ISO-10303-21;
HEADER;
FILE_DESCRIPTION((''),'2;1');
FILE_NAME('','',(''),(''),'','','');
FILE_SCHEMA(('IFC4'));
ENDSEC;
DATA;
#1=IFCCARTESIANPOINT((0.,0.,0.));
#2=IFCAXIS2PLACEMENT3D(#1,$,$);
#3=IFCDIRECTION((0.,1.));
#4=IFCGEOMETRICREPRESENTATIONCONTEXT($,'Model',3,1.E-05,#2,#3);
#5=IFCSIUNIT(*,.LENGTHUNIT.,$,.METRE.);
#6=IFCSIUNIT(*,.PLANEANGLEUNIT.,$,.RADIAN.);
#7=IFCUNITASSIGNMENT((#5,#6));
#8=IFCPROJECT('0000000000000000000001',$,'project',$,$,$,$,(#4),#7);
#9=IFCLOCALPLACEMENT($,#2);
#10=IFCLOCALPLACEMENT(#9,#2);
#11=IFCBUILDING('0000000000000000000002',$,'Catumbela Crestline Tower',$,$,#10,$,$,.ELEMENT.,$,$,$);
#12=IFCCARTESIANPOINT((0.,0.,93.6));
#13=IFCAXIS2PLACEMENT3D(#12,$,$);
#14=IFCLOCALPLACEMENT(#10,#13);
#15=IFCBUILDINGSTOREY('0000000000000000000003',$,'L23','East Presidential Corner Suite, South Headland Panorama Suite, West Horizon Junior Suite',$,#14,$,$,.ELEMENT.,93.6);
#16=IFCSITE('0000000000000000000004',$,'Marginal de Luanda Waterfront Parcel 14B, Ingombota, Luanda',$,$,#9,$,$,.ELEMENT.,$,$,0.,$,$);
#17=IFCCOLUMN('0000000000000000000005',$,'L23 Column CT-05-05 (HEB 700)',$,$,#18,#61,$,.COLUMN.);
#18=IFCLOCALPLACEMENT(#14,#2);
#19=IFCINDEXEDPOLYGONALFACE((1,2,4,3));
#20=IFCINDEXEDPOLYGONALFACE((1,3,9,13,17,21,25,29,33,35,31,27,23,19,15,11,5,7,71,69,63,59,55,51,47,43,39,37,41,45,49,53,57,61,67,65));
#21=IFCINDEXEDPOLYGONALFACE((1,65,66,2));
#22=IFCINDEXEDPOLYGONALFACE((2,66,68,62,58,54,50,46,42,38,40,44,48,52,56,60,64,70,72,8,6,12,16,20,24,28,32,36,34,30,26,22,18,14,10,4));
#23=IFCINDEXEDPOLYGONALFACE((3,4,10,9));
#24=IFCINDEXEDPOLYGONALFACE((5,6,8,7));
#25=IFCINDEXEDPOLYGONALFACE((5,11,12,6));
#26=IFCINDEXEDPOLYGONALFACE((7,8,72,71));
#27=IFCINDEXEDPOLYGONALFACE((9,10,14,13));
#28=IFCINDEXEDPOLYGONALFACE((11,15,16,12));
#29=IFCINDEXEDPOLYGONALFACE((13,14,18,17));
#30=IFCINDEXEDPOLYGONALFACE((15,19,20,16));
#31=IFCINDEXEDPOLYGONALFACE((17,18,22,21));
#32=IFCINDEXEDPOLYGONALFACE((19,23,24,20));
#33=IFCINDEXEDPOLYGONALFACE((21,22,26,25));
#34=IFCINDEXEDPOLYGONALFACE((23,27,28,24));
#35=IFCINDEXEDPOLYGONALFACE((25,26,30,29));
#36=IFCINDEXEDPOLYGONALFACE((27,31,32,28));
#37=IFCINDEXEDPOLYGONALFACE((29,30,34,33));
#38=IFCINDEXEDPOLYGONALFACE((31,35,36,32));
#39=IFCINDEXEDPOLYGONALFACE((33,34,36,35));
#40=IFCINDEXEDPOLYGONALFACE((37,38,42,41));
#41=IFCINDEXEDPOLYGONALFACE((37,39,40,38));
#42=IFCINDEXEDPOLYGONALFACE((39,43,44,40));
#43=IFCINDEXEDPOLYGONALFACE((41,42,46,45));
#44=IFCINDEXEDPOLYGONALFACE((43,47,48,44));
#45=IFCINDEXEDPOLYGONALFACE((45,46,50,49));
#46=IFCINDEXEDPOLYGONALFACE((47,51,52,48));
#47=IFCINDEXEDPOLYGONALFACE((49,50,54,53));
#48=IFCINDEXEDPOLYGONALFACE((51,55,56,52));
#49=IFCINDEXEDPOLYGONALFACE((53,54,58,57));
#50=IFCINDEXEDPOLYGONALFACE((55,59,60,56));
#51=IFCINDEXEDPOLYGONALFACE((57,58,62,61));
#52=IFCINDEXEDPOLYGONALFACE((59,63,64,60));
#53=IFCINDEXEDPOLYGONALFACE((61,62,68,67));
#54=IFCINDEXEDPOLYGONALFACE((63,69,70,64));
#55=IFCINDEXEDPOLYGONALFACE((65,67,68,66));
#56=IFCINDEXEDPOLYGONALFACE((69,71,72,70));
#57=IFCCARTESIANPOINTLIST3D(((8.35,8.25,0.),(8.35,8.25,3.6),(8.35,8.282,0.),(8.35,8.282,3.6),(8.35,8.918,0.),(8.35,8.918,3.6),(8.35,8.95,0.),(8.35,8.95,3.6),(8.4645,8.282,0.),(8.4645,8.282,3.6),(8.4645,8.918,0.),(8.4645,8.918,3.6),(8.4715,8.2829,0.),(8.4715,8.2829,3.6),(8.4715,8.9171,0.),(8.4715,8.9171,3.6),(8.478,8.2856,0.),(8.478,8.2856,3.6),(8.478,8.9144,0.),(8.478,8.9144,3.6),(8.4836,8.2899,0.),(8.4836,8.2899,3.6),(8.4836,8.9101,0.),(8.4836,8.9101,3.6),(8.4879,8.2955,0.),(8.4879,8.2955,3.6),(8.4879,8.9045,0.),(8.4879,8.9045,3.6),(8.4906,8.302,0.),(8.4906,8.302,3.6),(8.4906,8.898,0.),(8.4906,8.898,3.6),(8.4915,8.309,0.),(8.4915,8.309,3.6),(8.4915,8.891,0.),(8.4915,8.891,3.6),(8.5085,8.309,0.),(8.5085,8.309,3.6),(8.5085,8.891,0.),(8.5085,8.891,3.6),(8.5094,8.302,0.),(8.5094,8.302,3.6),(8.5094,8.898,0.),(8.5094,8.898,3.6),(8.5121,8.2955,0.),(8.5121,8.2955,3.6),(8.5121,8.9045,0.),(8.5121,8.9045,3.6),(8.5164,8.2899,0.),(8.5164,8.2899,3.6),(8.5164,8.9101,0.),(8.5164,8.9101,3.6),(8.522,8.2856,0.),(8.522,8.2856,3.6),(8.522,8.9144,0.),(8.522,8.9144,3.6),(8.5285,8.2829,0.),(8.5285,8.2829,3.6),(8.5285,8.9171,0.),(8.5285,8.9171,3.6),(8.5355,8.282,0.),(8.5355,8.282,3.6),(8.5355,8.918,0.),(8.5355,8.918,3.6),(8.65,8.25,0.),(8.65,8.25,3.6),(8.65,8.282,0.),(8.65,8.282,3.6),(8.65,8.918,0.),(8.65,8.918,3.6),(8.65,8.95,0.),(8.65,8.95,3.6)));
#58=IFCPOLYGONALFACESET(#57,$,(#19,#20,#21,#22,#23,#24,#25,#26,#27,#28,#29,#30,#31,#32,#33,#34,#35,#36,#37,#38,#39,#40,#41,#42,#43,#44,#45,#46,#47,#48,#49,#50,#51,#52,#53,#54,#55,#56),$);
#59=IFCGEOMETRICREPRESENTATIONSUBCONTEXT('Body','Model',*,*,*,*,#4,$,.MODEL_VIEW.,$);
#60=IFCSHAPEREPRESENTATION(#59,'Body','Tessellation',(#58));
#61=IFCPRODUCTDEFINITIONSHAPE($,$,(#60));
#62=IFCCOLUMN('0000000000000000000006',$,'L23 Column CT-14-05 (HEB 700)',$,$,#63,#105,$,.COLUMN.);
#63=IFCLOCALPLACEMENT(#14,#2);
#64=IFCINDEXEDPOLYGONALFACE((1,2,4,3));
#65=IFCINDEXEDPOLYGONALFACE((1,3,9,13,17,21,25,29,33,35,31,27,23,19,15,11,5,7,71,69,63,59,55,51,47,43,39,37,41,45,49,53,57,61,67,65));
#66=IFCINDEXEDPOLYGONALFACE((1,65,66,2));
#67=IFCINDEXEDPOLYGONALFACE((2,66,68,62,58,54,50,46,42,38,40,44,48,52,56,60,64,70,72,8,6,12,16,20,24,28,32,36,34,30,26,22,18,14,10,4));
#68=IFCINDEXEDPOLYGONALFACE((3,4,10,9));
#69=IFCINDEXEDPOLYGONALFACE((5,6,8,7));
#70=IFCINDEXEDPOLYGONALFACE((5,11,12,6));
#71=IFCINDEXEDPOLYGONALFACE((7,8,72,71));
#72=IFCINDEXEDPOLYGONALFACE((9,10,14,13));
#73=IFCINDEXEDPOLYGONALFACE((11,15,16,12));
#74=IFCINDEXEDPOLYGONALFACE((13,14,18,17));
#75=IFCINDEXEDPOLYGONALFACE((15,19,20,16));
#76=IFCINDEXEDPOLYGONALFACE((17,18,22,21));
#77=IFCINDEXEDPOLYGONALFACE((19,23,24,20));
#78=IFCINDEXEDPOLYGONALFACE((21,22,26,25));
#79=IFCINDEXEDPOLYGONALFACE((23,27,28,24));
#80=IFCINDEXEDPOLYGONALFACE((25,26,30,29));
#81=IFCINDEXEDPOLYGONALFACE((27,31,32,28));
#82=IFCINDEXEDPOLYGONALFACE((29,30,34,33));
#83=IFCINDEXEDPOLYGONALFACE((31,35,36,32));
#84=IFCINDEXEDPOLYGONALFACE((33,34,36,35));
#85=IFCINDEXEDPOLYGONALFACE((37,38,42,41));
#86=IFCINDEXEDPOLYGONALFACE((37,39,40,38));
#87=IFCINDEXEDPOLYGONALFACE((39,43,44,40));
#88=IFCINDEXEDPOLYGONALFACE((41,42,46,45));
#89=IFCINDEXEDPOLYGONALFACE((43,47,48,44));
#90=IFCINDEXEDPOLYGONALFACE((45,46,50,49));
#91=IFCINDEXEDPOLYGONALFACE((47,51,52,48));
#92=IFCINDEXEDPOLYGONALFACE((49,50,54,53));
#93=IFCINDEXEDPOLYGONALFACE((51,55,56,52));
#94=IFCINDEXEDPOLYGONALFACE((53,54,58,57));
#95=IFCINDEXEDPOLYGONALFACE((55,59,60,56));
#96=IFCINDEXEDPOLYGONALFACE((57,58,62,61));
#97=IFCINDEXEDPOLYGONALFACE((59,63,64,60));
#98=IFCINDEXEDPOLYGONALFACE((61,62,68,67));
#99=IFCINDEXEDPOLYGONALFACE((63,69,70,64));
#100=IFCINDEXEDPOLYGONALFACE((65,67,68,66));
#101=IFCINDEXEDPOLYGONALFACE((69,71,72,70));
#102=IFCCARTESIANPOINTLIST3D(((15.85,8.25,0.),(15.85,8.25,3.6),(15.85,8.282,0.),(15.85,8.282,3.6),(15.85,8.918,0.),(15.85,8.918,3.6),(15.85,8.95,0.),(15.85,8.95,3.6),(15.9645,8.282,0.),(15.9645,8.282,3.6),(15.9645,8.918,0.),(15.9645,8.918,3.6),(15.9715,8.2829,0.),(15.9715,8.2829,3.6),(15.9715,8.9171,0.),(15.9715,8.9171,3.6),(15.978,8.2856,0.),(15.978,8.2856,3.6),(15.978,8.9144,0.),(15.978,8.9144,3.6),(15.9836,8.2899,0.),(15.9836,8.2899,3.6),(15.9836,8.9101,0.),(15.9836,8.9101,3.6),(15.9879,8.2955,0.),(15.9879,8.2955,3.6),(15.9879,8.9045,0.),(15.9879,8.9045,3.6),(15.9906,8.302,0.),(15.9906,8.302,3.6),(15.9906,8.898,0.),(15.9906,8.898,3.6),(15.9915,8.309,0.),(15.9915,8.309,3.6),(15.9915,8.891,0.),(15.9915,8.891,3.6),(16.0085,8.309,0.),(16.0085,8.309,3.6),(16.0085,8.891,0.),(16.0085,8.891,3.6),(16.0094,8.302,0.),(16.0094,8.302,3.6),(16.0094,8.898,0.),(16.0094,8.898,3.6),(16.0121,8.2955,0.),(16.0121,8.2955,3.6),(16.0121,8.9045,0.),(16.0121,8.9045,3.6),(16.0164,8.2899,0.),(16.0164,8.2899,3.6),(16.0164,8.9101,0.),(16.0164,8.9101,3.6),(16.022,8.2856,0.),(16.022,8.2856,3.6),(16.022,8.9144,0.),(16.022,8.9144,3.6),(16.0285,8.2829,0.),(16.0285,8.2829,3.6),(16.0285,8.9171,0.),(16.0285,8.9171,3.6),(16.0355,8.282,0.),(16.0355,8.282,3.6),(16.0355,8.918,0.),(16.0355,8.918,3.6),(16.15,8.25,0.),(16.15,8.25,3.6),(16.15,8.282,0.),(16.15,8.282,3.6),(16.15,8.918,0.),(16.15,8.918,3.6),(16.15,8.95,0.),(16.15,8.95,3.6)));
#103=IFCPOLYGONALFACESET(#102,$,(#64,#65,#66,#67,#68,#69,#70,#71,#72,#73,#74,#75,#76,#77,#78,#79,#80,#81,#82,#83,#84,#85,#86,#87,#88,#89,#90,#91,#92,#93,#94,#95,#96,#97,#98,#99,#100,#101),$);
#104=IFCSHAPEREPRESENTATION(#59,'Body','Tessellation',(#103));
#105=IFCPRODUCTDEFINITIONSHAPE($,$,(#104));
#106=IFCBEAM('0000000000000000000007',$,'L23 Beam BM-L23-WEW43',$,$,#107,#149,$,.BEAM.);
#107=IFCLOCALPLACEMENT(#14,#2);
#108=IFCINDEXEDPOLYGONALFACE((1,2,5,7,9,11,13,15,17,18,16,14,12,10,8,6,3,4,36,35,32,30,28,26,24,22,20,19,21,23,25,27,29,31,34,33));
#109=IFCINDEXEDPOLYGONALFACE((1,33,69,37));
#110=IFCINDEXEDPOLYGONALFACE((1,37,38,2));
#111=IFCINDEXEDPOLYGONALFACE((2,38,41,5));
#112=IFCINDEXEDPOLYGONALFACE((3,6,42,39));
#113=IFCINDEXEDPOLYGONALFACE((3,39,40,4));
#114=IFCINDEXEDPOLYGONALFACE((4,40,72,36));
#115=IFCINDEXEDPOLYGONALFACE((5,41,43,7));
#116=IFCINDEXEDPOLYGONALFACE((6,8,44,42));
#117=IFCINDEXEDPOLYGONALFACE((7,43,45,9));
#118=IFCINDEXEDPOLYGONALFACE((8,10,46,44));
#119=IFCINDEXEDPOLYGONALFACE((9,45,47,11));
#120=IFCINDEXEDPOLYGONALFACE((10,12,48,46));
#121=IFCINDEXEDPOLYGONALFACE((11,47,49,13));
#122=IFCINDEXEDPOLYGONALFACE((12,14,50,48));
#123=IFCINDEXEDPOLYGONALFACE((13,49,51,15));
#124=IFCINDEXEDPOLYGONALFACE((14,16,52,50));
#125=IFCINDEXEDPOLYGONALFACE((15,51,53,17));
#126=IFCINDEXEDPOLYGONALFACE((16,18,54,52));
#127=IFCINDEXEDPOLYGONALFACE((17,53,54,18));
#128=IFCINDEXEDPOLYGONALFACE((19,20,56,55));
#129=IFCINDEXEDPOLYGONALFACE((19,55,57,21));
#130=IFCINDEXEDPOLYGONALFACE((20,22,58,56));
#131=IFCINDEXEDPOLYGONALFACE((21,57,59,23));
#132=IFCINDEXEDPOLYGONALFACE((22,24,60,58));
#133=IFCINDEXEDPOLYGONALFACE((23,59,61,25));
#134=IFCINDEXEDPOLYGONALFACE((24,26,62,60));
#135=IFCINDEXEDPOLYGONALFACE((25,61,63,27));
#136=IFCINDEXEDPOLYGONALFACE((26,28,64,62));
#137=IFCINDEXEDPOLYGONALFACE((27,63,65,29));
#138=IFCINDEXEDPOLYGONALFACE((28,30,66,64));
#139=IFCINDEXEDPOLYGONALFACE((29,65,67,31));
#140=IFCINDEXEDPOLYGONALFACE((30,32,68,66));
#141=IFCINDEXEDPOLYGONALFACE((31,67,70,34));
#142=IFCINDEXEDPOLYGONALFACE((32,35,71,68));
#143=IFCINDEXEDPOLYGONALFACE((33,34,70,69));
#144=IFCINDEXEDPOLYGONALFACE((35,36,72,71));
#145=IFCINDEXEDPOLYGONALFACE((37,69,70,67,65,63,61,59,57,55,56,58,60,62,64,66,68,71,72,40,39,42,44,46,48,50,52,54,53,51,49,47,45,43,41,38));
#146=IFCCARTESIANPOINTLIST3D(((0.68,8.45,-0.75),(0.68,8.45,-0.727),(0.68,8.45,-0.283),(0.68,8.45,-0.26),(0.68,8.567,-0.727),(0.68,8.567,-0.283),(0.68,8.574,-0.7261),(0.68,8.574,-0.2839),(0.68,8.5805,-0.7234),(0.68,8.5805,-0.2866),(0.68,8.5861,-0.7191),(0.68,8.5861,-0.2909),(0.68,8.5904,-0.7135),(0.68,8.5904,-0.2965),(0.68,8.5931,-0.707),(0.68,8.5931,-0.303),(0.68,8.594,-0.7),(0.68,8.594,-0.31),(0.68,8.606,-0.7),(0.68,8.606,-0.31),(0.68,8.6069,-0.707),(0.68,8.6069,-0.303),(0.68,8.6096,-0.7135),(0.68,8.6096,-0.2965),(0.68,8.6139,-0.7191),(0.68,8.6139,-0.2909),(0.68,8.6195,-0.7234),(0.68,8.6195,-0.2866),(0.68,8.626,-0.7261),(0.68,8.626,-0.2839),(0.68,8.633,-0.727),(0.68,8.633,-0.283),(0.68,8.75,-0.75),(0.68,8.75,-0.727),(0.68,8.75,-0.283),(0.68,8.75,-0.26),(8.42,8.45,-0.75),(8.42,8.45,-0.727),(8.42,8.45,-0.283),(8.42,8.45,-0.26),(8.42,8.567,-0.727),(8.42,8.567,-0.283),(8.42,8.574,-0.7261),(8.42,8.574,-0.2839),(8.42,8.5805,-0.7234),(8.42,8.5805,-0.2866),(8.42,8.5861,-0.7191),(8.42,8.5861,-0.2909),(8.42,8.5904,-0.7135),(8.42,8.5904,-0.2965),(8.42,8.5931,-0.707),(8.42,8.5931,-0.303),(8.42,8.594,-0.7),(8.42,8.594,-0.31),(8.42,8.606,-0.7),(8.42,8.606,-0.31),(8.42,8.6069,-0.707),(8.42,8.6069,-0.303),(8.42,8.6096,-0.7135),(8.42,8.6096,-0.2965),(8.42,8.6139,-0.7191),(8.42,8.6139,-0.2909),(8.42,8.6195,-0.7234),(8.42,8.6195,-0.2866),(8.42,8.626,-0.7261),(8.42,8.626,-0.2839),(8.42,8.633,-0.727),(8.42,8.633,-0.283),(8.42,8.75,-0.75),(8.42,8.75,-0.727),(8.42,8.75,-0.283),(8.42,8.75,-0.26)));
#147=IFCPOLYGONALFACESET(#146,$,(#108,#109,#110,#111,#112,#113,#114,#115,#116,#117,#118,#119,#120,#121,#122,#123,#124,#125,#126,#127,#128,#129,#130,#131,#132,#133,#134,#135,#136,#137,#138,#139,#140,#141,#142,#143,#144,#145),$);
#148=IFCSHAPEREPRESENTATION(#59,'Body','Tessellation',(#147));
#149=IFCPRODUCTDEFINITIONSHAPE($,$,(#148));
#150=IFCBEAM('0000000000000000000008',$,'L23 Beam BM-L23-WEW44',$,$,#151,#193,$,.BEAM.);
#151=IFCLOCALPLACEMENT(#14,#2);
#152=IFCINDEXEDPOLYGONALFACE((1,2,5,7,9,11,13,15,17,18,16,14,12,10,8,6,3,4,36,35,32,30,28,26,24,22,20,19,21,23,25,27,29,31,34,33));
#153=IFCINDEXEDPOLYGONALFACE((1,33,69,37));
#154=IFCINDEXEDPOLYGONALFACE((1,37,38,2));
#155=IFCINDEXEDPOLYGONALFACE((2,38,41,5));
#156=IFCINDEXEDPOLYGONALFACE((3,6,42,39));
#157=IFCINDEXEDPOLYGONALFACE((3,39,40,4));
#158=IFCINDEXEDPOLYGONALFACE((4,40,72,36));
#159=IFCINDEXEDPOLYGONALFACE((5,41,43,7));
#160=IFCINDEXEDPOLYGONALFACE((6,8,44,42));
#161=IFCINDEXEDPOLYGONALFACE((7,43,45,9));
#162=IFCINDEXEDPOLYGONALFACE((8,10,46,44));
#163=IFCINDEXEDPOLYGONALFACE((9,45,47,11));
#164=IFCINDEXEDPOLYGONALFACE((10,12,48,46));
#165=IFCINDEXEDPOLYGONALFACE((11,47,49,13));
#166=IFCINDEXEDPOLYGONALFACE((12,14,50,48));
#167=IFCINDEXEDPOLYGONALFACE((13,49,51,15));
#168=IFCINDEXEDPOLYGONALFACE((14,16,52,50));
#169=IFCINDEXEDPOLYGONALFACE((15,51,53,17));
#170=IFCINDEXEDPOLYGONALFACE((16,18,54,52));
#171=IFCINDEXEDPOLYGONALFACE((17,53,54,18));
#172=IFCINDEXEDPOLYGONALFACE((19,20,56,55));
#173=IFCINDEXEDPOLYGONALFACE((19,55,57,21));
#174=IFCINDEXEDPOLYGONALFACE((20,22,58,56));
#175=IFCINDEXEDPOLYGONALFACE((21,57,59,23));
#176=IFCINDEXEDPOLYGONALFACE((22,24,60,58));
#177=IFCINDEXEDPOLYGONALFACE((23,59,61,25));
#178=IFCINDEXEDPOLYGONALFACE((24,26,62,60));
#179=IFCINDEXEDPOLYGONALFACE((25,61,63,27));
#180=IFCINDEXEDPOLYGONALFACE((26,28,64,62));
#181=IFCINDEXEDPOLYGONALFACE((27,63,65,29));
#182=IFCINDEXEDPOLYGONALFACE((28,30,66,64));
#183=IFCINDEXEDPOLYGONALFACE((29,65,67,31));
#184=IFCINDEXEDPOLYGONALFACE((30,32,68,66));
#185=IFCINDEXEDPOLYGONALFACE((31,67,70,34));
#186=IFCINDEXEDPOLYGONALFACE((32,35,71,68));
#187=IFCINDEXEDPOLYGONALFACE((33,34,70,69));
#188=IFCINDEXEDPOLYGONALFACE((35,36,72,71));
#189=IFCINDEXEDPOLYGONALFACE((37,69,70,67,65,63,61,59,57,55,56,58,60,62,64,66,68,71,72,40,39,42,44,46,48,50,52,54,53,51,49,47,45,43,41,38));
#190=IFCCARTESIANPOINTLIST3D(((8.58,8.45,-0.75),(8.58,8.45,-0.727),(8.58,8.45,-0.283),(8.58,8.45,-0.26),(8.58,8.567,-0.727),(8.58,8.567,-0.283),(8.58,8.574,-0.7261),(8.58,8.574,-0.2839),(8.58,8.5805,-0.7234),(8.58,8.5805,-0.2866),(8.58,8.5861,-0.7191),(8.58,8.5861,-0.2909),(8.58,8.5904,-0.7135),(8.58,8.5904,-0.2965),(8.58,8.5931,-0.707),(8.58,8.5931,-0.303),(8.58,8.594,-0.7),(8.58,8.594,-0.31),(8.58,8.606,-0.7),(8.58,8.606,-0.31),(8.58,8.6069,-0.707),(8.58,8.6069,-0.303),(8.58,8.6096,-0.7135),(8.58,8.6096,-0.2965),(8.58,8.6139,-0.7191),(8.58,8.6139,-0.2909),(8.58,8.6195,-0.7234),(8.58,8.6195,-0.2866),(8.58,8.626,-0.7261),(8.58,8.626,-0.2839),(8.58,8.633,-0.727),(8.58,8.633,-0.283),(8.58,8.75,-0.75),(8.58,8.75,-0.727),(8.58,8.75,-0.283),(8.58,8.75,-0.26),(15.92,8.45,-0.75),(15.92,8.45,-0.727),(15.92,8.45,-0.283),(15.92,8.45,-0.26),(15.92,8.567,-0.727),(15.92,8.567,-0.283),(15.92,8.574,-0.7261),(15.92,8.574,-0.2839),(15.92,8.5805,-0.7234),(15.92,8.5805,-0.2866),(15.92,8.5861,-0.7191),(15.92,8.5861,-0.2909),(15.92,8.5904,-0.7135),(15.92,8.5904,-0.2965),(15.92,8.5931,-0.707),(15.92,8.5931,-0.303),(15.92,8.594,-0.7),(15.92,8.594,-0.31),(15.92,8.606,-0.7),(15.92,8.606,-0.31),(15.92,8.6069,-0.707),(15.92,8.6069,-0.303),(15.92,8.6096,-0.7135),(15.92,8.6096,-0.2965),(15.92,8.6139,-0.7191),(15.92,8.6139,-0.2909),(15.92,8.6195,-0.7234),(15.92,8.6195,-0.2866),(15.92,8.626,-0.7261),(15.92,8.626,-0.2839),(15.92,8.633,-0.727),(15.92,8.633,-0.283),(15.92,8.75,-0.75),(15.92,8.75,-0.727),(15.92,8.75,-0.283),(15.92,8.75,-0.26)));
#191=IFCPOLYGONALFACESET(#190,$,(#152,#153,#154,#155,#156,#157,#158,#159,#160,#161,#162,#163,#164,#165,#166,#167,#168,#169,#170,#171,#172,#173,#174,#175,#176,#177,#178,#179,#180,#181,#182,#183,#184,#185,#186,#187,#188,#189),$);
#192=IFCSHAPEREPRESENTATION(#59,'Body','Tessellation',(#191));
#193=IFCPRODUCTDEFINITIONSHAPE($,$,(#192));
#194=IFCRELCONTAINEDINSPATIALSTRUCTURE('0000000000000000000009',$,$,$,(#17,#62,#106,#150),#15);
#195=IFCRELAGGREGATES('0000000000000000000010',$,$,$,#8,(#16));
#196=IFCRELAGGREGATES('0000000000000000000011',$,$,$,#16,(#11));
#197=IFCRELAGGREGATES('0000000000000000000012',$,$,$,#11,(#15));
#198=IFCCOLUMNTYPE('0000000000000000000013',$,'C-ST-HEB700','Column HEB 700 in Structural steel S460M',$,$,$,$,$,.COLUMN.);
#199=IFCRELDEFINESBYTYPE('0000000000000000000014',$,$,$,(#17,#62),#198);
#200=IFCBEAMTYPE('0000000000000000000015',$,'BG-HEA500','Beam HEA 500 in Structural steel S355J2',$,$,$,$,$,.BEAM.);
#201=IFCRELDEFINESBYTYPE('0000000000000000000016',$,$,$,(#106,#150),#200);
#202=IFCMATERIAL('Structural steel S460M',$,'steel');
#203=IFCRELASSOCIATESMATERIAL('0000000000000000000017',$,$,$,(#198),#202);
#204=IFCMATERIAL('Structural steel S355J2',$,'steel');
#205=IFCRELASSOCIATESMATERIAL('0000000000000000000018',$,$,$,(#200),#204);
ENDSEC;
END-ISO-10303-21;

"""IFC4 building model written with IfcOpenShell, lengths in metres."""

from ifc_helpers import new_model, si_unit, direction, frame, origin, origin_2d, place, context, subcontext, project, spatial, i_section, extrude, material, material_profile, profile_set, type_object, element, save


model = new_model("IFC4")

# Units and contexts
model_context = context("Model", 3, precision=1e-05, world=origin(), true_north=direction((0.0, 1.0)))
body_context = subcontext(model_context, "Body", "Model", "MODEL_VIEW")
ifc_project = project(units=[si_unit("LENGTHUNIT", "METRE"), si_unit("PLANEANGLEUNIT", "RADIAN")], contexts=[model_context])

# Site, building, storey
site_placement = place(None, origin())
site = spatial("IfcSite", under=ifc_project, at=site_placement, Name="Marginal de Luanda Waterfront Parcel 14B, Ingombota, Luanda", CompositionType="ELEMENT", RefElevation=0.0)
building_placement = place(site_placement, origin())
building = spatial("IfcBuilding", under=site, at=building_placement, Name="Catumbela Crestline Tower", CompositionType="ELEMENT")
storey_placement = place(building_placement, frame((0.0, 0.0, 93.6)))
storey = spatial("IfcBuildingStorey", under=building, at=storey_placement, Name="L23", Description="East Presidential Corner Suite, South Headland Panorama Suite, West Horizon Junior Suite", CompositionType="ELEMENT", Elevation=93.6)

# Columns
ifc_material_1 = material(Name="Structural steel S460M", Category="steel")
ifc_material_profile_1 = material_profile(ifc_material_1, i_section(OverallWidth=0.3, OverallDepth=0.7, WebThickness=0.017, FlangeThickness=0.032, FilletRadius=0.027, at=origin_2d()), Name="HEB 700")
ifc_profile_set_1 = profile_set([ifc_material_profile_1], Name="Structural steel S460M")
column_type = type_object("IfcColumnType", Name="C-ST-HEB700", Description="Column HEB 700 in Structural steel S460M", PredefinedType="COLUMN", material=ifc_profile_set_1)
for number, where, z_axis, x_axis, name in (
    (1, (8.5, 8.6, 0.0), (0.0, 0.0, 1.0), (1.0, 0.0, 0.0), "L23 Column CT-05-05 (HEB 700)"),
    (2, (16.0, 8.6, 0.0), (0.0, 0.0, 1.0), (1.0, 0.0, 0.0), "L23 Column CT-14-05 (HEB 700)"),
):
    element("IfcColumn", number, at=place(storey_placement, frame(where, z_axis=z_axis, x_axis=x_axis)), inside=storey, type_object=column_type, Name=name, PredefinedType="COLUMN", context=body_context, shape_type="SweptSolid", body=[
        extrude(i_section(OverallWidth=0.3, OverallDepth=0.7, WebThickness=0.017, FlangeThickness=0.032, FilletRadius=0.027, at=origin_2d()), origin(), (0.0, 0.0, 1.0), 3.6),
    ])

# Beams
ifc_material_2 = material(Name="Structural steel S355J2", Category="steel")
ifc_material_profile_2 = material_profile(ifc_material_2, i_section(OverallWidth=0.3, OverallDepth=0.49, WebThickness=0.012, FlangeThickness=0.023, FilletRadius=0.027, at=origin_2d()), Name="HEA 500")
ifc_profile_set_2 = profile_set([ifc_material_profile_2], Name="Structural steel S355J2")
beam_type = type_object("IfcBeamType", Name="BG-HEA500", Description="Beam HEA 500 in Structural steel S355J2", PredefinedType="BEAM", material=ifc_profile_set_2)
beam_1_placement = place(storey_placement, frame((0.68, 8.6, -0.505), z_axis=(1.0, 0.0, 0.0), x_axis=(0.0, 1.0, 0.0)))
element("IfcBeam", 3, at=beam_1_placement, inside=storey, type_object=beam_type, Name="L23 Beam BM-L23-WEW43", PredefinedType="BEAM", context=body_context, shape_type="SweptSolid", body=[
    extrude(i_section(OverallWidth=0.3, OverallDepth=0.49, WebThickness=0.012, FlangeThickness=0.023, FilletRadius=0.027, at=origin_2d()), origin(), (0.0, 0.0, 1.0), 7.74),
])
beam_2_placement = place(storey_placement, frame((8.58, 8.6, -0.505), z_axis=(1.0, 0.0, 0.0), x_axis=(0.0, 1.0, 0.0)))
element("IfcBeam", 4, at=beam_2_placement, inside=storey, type_object=beam_type, Name="L23 Beam BM-L23-WEW44", PredefinedType="BEAM", context=body_context, shape_type="SweptSolid", body=[
    extrude(i_section(OverallWidth=0.3, OverallDepth=0.49, WebThickness=0.012, FlangeThickness=0.023, FilletRadius=0.027, at=origin_2d()), origin(), (0.0, 0.0, 1.0), 7.34),
])

save(model, "model.ifc")
